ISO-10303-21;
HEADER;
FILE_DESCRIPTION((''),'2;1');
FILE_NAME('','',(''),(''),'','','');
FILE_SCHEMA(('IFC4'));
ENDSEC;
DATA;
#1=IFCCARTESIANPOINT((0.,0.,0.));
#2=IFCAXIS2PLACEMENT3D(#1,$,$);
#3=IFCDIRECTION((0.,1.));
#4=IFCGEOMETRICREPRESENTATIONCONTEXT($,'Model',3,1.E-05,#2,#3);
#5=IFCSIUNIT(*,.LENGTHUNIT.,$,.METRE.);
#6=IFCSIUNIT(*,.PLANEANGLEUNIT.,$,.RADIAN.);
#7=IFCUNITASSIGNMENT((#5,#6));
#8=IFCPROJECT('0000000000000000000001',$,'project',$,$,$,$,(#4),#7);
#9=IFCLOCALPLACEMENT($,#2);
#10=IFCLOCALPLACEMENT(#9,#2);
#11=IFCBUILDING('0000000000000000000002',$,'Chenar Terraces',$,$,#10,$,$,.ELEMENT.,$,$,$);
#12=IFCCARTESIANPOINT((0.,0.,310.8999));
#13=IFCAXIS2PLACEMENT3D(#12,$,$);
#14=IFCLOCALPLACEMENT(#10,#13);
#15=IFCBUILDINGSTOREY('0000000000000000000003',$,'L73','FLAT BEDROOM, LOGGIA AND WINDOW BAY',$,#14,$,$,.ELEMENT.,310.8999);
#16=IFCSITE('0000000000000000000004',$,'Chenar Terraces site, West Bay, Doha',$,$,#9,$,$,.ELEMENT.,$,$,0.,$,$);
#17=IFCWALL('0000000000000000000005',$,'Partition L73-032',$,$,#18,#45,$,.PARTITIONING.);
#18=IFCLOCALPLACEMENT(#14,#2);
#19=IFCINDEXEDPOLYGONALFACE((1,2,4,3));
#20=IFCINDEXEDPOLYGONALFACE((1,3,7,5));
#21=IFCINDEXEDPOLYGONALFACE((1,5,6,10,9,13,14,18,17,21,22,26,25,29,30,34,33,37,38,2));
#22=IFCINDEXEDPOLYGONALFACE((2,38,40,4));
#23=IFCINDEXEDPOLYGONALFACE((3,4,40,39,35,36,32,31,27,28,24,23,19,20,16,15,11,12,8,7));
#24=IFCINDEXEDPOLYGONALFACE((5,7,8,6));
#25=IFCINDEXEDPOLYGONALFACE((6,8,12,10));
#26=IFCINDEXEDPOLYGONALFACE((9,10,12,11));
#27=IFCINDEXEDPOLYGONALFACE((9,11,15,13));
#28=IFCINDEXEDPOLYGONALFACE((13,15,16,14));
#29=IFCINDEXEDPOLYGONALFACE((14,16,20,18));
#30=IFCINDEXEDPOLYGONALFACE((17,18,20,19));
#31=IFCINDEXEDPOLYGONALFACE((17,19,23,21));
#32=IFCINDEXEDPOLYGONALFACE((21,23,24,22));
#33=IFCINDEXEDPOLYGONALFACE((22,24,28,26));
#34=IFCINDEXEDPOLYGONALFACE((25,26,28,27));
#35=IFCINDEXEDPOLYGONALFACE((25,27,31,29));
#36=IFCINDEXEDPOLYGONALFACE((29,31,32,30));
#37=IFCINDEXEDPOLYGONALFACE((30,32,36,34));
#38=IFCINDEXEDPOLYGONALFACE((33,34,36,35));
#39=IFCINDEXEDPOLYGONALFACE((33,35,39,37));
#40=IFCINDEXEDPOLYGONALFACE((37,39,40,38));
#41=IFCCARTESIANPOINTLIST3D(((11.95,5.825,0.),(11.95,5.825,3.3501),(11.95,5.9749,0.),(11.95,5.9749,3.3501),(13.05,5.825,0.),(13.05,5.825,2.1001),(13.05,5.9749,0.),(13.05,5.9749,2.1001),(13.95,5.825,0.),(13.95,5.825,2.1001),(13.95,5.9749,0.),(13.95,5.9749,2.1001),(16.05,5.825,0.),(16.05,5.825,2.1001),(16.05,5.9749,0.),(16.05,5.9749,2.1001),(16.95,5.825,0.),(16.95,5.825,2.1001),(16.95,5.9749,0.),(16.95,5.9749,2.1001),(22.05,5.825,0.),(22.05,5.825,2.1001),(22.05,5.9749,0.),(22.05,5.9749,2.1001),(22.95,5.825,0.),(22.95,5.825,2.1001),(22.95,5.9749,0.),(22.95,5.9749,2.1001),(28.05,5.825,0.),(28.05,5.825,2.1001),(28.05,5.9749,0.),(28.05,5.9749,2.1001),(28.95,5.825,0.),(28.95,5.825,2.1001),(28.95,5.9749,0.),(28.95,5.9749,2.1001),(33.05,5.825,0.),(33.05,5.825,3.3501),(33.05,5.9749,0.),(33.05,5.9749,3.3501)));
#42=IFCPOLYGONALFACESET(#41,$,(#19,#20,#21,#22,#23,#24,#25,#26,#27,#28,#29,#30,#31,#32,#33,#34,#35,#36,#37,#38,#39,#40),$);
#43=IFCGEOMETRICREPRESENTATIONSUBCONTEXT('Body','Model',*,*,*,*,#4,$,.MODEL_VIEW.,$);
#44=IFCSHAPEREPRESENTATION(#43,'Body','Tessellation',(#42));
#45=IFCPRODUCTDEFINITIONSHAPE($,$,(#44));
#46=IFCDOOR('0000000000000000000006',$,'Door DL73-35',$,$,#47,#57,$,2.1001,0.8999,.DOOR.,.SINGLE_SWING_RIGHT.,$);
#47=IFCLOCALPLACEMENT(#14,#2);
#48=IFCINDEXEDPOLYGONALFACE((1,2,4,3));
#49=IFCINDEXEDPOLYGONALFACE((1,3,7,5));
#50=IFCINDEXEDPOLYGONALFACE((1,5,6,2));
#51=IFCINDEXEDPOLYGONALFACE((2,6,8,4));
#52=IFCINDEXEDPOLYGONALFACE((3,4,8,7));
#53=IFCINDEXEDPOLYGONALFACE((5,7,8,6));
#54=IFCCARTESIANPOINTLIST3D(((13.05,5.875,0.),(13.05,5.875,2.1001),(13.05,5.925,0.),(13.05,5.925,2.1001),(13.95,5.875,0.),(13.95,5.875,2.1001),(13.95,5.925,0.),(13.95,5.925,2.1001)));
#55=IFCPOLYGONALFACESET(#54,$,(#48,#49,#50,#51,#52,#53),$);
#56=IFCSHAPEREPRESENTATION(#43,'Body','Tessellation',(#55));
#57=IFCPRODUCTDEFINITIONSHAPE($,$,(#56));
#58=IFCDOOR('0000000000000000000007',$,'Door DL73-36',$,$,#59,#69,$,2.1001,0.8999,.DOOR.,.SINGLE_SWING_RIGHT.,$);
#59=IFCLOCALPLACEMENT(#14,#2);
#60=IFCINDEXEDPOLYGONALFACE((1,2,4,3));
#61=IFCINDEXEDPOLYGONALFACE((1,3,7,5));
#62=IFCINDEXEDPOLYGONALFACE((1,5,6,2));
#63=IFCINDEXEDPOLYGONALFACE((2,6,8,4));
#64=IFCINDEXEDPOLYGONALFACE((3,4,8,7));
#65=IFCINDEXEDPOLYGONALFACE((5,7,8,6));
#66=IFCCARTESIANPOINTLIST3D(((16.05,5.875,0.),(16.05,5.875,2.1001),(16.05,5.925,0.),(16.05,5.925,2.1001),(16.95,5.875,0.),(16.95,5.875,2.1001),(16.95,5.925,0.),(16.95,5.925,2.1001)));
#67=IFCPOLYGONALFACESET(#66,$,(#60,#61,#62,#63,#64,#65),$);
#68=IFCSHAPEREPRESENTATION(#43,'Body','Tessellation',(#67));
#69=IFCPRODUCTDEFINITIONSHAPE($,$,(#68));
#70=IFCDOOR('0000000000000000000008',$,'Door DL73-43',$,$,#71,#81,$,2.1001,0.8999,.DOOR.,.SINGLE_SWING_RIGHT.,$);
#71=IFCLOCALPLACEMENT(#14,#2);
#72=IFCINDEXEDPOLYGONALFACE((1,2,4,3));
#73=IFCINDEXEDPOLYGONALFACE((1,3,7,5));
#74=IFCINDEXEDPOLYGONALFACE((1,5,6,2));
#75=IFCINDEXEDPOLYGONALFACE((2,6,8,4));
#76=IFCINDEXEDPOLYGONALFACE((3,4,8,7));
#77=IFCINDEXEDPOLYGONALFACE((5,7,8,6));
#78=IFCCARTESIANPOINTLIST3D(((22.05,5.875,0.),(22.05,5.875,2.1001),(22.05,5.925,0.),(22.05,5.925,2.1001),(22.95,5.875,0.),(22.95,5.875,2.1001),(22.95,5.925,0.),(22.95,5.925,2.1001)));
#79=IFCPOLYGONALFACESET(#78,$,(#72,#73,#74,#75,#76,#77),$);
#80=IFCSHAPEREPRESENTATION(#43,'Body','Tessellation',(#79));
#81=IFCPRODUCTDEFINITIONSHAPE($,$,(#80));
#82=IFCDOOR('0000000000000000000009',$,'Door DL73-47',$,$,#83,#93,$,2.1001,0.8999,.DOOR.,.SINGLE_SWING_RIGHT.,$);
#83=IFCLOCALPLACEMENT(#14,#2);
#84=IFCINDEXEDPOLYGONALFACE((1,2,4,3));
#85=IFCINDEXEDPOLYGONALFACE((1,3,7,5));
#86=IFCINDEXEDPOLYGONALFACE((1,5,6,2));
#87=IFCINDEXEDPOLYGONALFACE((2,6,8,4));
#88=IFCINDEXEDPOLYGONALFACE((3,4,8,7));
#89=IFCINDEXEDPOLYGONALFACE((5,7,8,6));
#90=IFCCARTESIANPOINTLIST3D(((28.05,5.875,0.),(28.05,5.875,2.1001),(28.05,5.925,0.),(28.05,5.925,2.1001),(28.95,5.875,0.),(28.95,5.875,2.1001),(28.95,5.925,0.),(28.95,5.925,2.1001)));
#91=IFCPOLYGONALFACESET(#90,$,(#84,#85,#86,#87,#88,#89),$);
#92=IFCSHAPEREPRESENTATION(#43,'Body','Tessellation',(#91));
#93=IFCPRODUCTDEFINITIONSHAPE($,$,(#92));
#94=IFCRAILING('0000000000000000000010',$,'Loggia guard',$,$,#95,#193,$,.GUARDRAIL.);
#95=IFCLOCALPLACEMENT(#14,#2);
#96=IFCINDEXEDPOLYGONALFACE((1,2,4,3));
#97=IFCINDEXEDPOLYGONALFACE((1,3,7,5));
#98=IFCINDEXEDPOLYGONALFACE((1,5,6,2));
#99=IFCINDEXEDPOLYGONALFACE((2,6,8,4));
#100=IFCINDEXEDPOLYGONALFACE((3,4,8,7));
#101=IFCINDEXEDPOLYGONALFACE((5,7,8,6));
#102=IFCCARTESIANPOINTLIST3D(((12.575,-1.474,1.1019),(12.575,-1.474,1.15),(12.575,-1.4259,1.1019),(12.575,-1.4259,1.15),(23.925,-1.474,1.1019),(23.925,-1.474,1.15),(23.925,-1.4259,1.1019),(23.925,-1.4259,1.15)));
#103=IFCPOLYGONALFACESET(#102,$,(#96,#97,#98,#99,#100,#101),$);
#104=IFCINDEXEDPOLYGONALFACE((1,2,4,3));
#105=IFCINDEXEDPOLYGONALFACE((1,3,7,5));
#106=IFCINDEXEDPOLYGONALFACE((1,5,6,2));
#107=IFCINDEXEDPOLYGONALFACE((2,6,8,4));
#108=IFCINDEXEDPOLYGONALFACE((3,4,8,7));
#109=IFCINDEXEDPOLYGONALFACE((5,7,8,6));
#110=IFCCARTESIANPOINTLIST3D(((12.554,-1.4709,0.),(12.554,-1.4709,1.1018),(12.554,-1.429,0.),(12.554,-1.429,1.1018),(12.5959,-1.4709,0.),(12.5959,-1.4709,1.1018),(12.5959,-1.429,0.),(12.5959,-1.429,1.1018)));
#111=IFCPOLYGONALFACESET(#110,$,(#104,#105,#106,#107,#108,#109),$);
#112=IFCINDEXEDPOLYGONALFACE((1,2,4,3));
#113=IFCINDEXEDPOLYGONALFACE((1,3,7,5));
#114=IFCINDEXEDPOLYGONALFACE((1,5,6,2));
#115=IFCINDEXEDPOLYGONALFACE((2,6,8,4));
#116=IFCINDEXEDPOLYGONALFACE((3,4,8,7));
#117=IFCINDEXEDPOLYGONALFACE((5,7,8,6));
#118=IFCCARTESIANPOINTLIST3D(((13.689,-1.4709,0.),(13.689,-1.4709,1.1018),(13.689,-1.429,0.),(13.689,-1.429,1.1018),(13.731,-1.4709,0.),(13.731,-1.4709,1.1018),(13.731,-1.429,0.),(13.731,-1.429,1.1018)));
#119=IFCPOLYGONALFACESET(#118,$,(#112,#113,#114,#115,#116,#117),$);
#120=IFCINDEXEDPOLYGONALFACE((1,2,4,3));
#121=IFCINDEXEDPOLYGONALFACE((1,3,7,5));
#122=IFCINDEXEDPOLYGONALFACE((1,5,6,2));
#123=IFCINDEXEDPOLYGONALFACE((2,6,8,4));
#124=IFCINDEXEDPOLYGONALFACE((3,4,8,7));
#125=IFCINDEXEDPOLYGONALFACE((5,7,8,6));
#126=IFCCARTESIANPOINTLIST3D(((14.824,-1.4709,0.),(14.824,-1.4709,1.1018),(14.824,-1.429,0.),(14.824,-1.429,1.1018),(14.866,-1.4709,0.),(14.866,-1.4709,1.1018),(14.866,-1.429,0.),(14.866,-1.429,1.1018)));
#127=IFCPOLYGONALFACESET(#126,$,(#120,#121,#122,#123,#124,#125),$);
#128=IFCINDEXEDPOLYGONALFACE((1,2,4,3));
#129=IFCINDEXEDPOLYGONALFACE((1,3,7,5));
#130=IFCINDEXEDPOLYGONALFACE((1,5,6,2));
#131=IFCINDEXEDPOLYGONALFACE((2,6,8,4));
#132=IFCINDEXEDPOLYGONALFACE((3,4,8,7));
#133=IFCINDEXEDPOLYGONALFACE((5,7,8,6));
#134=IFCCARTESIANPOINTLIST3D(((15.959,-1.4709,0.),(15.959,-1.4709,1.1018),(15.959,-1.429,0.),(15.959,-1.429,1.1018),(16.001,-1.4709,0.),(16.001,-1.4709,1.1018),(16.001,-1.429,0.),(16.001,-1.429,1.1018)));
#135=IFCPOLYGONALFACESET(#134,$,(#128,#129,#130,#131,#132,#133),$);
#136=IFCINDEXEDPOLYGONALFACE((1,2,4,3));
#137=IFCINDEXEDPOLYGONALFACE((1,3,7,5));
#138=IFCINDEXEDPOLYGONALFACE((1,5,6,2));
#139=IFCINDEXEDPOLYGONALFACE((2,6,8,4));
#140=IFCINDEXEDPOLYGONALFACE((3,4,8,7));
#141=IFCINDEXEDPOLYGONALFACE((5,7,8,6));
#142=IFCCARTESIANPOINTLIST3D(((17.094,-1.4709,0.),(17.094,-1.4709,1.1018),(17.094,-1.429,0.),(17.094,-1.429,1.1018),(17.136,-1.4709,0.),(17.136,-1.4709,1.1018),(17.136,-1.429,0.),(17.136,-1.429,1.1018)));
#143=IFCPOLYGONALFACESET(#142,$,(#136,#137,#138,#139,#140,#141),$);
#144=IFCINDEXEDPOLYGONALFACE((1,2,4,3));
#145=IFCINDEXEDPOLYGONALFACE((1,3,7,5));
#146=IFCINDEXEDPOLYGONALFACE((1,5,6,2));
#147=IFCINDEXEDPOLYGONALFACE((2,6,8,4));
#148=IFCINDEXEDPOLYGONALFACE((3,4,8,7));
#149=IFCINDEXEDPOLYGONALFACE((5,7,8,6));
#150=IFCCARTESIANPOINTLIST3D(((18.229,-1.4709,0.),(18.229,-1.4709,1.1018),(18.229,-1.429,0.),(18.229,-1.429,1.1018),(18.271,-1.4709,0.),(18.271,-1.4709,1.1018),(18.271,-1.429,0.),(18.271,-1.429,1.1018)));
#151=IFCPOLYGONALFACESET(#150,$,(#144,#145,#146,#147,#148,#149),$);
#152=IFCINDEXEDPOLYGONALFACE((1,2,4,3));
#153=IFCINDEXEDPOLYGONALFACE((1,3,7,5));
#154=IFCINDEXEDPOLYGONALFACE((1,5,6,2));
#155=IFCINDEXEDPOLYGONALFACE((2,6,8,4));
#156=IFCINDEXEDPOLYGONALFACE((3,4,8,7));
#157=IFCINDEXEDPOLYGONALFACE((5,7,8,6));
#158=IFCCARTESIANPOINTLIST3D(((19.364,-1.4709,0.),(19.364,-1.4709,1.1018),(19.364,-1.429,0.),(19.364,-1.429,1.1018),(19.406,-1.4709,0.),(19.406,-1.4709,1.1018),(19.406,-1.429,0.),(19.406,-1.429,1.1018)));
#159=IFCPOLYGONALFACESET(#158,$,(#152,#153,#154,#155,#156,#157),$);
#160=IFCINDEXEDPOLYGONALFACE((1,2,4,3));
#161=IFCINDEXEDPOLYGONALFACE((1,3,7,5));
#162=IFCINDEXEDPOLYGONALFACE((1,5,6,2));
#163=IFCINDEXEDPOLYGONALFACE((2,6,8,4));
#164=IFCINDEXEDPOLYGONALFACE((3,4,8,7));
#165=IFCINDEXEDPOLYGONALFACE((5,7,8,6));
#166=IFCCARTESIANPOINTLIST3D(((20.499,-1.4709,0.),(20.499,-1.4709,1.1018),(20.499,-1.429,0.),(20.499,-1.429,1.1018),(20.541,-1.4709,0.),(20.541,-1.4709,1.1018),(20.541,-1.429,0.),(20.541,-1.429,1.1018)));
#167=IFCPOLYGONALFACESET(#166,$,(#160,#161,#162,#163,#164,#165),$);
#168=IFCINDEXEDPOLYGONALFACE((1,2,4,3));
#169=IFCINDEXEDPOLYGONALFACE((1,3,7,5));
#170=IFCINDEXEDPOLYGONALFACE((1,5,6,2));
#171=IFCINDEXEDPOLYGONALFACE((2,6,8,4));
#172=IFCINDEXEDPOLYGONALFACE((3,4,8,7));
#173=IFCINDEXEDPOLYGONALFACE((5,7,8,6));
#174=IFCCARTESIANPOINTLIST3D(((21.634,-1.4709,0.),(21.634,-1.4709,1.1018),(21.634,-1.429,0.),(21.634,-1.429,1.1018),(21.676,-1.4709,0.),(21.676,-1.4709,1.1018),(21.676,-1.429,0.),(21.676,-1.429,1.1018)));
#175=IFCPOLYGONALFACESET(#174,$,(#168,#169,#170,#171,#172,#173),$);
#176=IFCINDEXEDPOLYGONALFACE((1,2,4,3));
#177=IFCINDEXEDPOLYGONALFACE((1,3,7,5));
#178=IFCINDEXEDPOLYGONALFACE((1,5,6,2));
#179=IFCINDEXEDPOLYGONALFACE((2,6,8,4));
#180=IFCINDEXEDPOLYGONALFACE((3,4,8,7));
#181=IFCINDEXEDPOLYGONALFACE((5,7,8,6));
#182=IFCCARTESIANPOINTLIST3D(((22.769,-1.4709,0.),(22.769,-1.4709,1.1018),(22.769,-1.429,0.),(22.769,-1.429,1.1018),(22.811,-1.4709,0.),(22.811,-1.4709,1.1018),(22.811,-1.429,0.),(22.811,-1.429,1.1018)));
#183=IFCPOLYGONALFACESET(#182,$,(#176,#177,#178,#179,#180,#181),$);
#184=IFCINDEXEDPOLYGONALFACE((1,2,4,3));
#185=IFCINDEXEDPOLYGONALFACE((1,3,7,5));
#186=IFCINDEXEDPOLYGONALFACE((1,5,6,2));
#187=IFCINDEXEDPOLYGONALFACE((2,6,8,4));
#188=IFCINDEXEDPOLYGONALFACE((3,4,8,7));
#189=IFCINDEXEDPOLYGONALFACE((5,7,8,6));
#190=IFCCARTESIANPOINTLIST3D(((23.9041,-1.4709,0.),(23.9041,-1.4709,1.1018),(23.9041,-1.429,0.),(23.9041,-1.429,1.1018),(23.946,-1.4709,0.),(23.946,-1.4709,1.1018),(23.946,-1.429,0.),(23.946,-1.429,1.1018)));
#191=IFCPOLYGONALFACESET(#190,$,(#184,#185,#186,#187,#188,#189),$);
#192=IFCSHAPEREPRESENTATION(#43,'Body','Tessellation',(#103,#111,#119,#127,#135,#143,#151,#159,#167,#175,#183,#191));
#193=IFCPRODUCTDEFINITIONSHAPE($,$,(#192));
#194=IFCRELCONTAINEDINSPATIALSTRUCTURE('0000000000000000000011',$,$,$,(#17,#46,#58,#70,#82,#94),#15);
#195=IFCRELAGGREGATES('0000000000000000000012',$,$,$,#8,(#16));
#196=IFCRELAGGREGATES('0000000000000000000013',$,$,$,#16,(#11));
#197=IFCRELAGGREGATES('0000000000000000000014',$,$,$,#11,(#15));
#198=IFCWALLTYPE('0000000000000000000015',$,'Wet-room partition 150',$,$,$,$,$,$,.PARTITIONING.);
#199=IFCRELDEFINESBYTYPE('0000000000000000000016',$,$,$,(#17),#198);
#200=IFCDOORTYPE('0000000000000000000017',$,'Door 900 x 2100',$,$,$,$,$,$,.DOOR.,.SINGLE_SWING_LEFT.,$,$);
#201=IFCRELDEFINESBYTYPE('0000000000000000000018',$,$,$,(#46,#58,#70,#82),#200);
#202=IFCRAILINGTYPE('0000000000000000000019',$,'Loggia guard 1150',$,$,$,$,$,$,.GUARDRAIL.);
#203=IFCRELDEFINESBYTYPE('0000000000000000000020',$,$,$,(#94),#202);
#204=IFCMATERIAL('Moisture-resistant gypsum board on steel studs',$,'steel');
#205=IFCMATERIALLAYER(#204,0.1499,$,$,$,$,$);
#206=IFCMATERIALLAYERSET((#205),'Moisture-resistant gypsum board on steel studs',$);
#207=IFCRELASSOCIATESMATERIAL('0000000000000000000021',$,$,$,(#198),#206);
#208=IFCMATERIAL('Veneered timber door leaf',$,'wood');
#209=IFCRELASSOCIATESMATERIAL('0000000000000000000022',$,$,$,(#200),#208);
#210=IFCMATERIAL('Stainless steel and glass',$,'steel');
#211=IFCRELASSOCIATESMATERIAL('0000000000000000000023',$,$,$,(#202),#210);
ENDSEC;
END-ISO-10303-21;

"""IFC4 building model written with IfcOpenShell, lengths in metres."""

from ifc_helpers import new_model, si_unit, direction, frame, frame_2d, origin, origin_2d, place, context, subcontext, project, spatial, rectangle, extrude, material, layer, layer_set, type_object, element, fill, save


model = new_model("IFC4")

# Units and contexts
model_context = context("Model", 3, precision=1e-05, world=origin(), true_north=direction((0.0, 1.0)))
body_context = subcontext(model_context, "Body", "Model", "MODEL_VIEW")
ifc_project = project(units=[si_unit("LENGTHUNIT", "METRE"), si_unit("PLANEANGLEUNIT", "RADIAN")], contexts=[model_context])

# Site, building, storey
site_placement = place(None, origin())
site = spatial("IfcSite", under=ifc_project, at=site_placement, Name="Chenar Terraces site, West Bay, Doha", CompositionType="ELEMENT", RefElevation=0.0)
building_placement = place(site_placement, origin())
building = spatial("IfcBuilding", under=site, at=building_placement, Name="Chenar Terraces", CompositionType="ELEMENT")
storey_placement = place(building_placement, frame((0.0, 0.0, 310.8999)))
storey = spatial("IfcBuildingStorey", under=building, at=storey_placement, Name="L73", Description="FLAT BEDROOM, LOGGIA AND WINDOW BAY", CompositionType="ELEMENT", Elevation=310.8999)

# Wall, openings, doors
ifc_material_1 = material(Name="Moisture-resistant gypsum board on steel studs", Category="steel")
ifc_layer_1 = layer(ifc_material_1, 0.1499)
ifc_layer_set_1 = layer_set([ifc_layer_1], Name="Moisture-resistant gypsum board on steel studs")
wall_type_1 = type_object("IfcWallType", Name="Wet-room partition 150", PredefinedType="PARTITIONING", material=ifc_layer_set_1)
wall_1_placement = place(storey_placement, frame((11.95, 5.8999, 0.0), z_axis=(0.0, 0.0, 1.0), x_axis=(1.0, 0.0, 0.0)))
wall_1 = element("IfcWall", 1, at=wall_1_placement, inside=storey, type_object=wall_type_1, Name="Partition L73-032", PredefinedType="PARTITIONING", context=body_context, shape_type="SweptSolid", body=[
    extrude(rectangle(XDim=21.1001, YDim=0.1499, at=frame_2d((10.55, 0.0))), origin(), (0.0, 0.0, 1.0), 3.3501),
])
opening_1_placement = place(wall_1_placement, frame((1.1001, 0.0, 0.0)))
opening_1 = element("IfcOpeningElement", 2, at=opening_1_placement, cuts=wall_1, PredefinedType="OPENING", context=body_context, shape_type="SweptSolid", body=[
    extrude(rectangle(XDim=0.8999, YDim=2.1001, at=frame_2d((0.45, 1.05))), frame((0.0, 0.085, 0.0), z_axis=(0.0, -1.0, 0.0), x_axis=(1.0, 0.0, 0.0)), (0.0, 0.0, 1.0), 0.1699),
])
opening_2_placement = place(wall_1_placement, frame((4.1001, 0.0, 0.0)))
opening_2 = element("IfcOpeningElement", 3, at=opening_2_placement, cuts=wall_1, PredefinedType="OPENING", context=body_context, shape_type="SweptSolid", body=[
    extrude(rectangle(XDim=0.8999, YDim=2.1001, at=frame_2d((0.45, 1.05))), frame((0.0, 0.085, 0.0), z_axis=(0.0, -1.0, 0.0), x_axis=(1.0, 0.0, 0.0)), (0.0, 0.0, 1.0), 0.1699),
])
opening_3_placement = place(wall_1_placement, frame((10.1001, 0.0, 0.0)))
opening_3 = element("IfcOpeningElement", 4, at=opening_3_placement, cuts=wall_1, PredefinedType="OPENING", context=body_context, shape_type="SweptSolid", body=[
    extrude(rectangle(XDim=0.8999, YDim=2.1001, at=frame_2d((0.45, 1.05))), frame((0.0, 0.085, 0.0), z_axis=(0.0, -1.0, 0.0), x_axis=(1.0, 0.0, 0.0)), (0.0, 0.0, 1.0), 0.1699),
])
opening_4_placement = place(wall_1_placement, frame((16.1001, 0.0, 0.0)))
opening_4 = element("IfcOpeningElement", 5, at=opening_4_placement, cuts=wall_1, PredefinedType="OPENING", context=body_context, shape_type="SweptSolid", body=[
    extrude(rectangle(XDim=0.8999, YDim=2.1001, at=frame_2d((0.45, 1.05))), frame((0.0, 0.085, 0.0), z_axis=(0.0, -1.0, 0.0), x_axis=(1.0, 0.0, 0.0)), (0.0, 0.0, 1.0), 0.1699),
])
ifc_material_2 = material(Name="Veneered timber door leaf", Category="wood")
door_type_1 = type_object("IfcDoorType", Name="Door 900 x 2100", OperationType="SINGLE_SWING_LEFT", PredefinedType="DOOR", material=ifc_material_2)
door_1_placement = place(opening_1_placement, frame((0.8999, 0.0, 0.0), z_axis=(0.0, 0.0, 1.0), x_axis=(-1.0, 0.0, 0.0)))
door_1 = element("IfcDoor", 6, at=door_1_placement, inside=storey, type_object=door_type_1, Name="Door DL73-35", OperationType="SINGLE_SWING_RIGHT", OverallHeight=2.1001, OverallWidth=0.8999, PredefinedType="DOOR", context=body_context, shape_type="SweptSolid", body=[
    extrude(rectangle(XDim=0.8999, YDim=2.1001, at=frame_2d((0.45, 1.05))), frame((0.0, 0.0249, 0.0), z_axis=(0.0, -1.0, 0.0), x_axis=(1.0, 0.0, 0.0)), (0.0, 0.0, 1.0), 0.05),
])
fill(opening_1, door_1)
door_2_placement = place(opening_2_placement, frame((0.8999, 0.0, 0.0), z_axis=(0.0, 0.0, 1.0), x_axis=(-1.0, 0.0, 0.0)))
door_2 = element("IfcDoor", 7, at=door_2_placement, inside=storey, type_object=door_type_1, Name="Door DL73-36", OperationType="SINGLE_SWING_RIGHT", OverallHeight=2.1001, OverallWidth=0.8999, PredefinedType="DOOR", context=body_context, shape_type="SweptSolid", body=[
    extrude(rectangle(XDim=0.8999, YDim=2.1001, at=frame_2d((0.45, 1.05))), frame((0.0, 0.0249, 0.0), z_axis=(0.0, -1.0, 0.0), x_axis=(1.0, 0.0, 0.0)), (0.0, 0.0, 1.0), 0.05),
])
fill(opening_2, door_2)
door_3_placement = place(opening_3_placement, frame((0.8999, 0.0, 0.0), z_axis=(0.0, 0.0, 1.0), x_axis=(-1.0, 0.0, 0.0)))
door_3 = element("IfcDoor", 8, at=door_3_placement, inside=storey, type_object=door_type_1, Name="Door DL73-43", OperationType="SINGLE_SWING_RIGHT", OverallHeight=2.1001, OverallWidth=0.8999, PredefinedType="DOOR", context=body_context, shape_type="SweptSolid", body=[
    extrude(rectangle(XDim=0.8999, YDim=2.1001, at=frame_2d((0.45, 1.05))), frame((0.0, 0.0249, 0.0), z_axis=(0.0, -1.0, 0.0), x_axis=(1.0, 0.0, 0.0)), (0.0, 0.0, 1.0), 0.05),
])
fill(opening_3, door_3)
door_4_placement = place(opening_4_placement, frame((0.8999, 0.0, 0.0), z_axis=(0.0, 0.0, 1.0), x_axis=(-1.0, 0.0, 0.0)))
door_4 = element("IfcDoor", 9, at=door_4_placement, inside=storey, type_object=door_type_1, Name="Door DL73-47", OperationType="SINGLE_SWING_RIGHT", OverallHeight=2.1001, OverallWidth=0.8999, PredefinedType="DOOR", context=body_context, shape_type="SweptSolid", body=[
    extrude(rectangle(XDim=0.8999, YDim=2.1001, at=frame_2d((0.45, 1.05))), frame((0.0, 0.0249, 0.0), z_axis=(0.0, -1.0, 0.0), x_axis=(1.0, 0.0, 0.0)), (0.0, 0.0, 1.0), 0.05),
])
fill(opening_4, door_4)

# Railing
ifc_material_3 = material(Name="Stainless steel and glass", Category="steel")
railing_type = type_object("IfcRailingType", Name="Loggia guard 1150", PredefinedType="GUARDRAIL", material=ifc_material_3)
railing_placement = place(storey_placement, frame((12.575, -1.45, 0.0)))
element("IfcRailing", 10, at=railing_placement, inside=storey, type_object=railing_type, Name="Loggia guard", PredefinedType="GUARDRAIL", context=body_context, shape_type="SweptSolid", body=[
    extrude(rectangle(XDim=0.0481, YDim=0.0481, at=origin_2d()), frame((0.0, 0.0, 1.126), z_axis=(1.0, 0.0, 0.0), x_axis=(0.0, 1.0, 0.0)), (0.0, 0.0, 1.0), 11.3501),
    extrude(rectangle(XDim=0.042, YDim=0.042, at=origin_2d()), origin(), (0.0, 0.0, 1.0), 1.1018),
    extrude(rectangle(XDim=0.042, YDim=0.042, at=origin_2d()), frame((1.135, 0.0, 0.0)), (0.0, 0.0, 1.0), 1.1018),
    extrude(rectangle(XDim=0.042, YDim=0.042, at=origin_2d()), frame((2.27, 0.0, 0.0)), (0.0, 0.0, 1.0), 1.1018),
    extrude(rectangle(XDim=0.042, YDim=0.042, at=origin_2d()), frame((3.405, 0.0, 0.0)), (0.0, 0.0, 1.0), 1.1018),
    extrude(rectangle(XDim=0.042, YDim=0.042, at=origin_2d()), frame((4.54, 0.0, 0.0)), (0.0, 0.0, 1.0), 1.1018),
    extrude(rectangle(XDim=0.042, YDim=0.042, at=origin_2d()), frame((5.675, 0.0, 0.0)), (0.0, 0.0, 1.0), 1.1018),
    extrude(rectangle(XDim=0.042, YDim=0.042, at=origin_2d()), frame((6.8101, 0.0, 0.0)), (0.0, 0.0, 1.0), 1.1018),
    extrude(rectangle(XDim=0.042, YDim=0.042, at=origin_2d()), frame((7.9451, 0.0, 0.0)), (0.0, 0.0, 1.0), 1.1018),
    extrude(rectangle(XDim=0.042, YDim=0.042, at=origin_2d()), frame((9.0801, 0.0, 0.0)), (0.0, 0.0, 1.0), 1.1018),
    extrude(rectangle(XDim=0.042, YDim=0.042, at=origin_2d()), frame((10.2151, 0.0, 0.0)), (0.0, 0.0, 1.0), 1.1018),
    extrude(rectangle(XDim=0.042, YDim=0.042, at=origin_2d()), frame((11.3501, 0.0, 0.0)), (0.0, 0.0, 1.0), 1.1018),
])

save(model, "model.ifc")
